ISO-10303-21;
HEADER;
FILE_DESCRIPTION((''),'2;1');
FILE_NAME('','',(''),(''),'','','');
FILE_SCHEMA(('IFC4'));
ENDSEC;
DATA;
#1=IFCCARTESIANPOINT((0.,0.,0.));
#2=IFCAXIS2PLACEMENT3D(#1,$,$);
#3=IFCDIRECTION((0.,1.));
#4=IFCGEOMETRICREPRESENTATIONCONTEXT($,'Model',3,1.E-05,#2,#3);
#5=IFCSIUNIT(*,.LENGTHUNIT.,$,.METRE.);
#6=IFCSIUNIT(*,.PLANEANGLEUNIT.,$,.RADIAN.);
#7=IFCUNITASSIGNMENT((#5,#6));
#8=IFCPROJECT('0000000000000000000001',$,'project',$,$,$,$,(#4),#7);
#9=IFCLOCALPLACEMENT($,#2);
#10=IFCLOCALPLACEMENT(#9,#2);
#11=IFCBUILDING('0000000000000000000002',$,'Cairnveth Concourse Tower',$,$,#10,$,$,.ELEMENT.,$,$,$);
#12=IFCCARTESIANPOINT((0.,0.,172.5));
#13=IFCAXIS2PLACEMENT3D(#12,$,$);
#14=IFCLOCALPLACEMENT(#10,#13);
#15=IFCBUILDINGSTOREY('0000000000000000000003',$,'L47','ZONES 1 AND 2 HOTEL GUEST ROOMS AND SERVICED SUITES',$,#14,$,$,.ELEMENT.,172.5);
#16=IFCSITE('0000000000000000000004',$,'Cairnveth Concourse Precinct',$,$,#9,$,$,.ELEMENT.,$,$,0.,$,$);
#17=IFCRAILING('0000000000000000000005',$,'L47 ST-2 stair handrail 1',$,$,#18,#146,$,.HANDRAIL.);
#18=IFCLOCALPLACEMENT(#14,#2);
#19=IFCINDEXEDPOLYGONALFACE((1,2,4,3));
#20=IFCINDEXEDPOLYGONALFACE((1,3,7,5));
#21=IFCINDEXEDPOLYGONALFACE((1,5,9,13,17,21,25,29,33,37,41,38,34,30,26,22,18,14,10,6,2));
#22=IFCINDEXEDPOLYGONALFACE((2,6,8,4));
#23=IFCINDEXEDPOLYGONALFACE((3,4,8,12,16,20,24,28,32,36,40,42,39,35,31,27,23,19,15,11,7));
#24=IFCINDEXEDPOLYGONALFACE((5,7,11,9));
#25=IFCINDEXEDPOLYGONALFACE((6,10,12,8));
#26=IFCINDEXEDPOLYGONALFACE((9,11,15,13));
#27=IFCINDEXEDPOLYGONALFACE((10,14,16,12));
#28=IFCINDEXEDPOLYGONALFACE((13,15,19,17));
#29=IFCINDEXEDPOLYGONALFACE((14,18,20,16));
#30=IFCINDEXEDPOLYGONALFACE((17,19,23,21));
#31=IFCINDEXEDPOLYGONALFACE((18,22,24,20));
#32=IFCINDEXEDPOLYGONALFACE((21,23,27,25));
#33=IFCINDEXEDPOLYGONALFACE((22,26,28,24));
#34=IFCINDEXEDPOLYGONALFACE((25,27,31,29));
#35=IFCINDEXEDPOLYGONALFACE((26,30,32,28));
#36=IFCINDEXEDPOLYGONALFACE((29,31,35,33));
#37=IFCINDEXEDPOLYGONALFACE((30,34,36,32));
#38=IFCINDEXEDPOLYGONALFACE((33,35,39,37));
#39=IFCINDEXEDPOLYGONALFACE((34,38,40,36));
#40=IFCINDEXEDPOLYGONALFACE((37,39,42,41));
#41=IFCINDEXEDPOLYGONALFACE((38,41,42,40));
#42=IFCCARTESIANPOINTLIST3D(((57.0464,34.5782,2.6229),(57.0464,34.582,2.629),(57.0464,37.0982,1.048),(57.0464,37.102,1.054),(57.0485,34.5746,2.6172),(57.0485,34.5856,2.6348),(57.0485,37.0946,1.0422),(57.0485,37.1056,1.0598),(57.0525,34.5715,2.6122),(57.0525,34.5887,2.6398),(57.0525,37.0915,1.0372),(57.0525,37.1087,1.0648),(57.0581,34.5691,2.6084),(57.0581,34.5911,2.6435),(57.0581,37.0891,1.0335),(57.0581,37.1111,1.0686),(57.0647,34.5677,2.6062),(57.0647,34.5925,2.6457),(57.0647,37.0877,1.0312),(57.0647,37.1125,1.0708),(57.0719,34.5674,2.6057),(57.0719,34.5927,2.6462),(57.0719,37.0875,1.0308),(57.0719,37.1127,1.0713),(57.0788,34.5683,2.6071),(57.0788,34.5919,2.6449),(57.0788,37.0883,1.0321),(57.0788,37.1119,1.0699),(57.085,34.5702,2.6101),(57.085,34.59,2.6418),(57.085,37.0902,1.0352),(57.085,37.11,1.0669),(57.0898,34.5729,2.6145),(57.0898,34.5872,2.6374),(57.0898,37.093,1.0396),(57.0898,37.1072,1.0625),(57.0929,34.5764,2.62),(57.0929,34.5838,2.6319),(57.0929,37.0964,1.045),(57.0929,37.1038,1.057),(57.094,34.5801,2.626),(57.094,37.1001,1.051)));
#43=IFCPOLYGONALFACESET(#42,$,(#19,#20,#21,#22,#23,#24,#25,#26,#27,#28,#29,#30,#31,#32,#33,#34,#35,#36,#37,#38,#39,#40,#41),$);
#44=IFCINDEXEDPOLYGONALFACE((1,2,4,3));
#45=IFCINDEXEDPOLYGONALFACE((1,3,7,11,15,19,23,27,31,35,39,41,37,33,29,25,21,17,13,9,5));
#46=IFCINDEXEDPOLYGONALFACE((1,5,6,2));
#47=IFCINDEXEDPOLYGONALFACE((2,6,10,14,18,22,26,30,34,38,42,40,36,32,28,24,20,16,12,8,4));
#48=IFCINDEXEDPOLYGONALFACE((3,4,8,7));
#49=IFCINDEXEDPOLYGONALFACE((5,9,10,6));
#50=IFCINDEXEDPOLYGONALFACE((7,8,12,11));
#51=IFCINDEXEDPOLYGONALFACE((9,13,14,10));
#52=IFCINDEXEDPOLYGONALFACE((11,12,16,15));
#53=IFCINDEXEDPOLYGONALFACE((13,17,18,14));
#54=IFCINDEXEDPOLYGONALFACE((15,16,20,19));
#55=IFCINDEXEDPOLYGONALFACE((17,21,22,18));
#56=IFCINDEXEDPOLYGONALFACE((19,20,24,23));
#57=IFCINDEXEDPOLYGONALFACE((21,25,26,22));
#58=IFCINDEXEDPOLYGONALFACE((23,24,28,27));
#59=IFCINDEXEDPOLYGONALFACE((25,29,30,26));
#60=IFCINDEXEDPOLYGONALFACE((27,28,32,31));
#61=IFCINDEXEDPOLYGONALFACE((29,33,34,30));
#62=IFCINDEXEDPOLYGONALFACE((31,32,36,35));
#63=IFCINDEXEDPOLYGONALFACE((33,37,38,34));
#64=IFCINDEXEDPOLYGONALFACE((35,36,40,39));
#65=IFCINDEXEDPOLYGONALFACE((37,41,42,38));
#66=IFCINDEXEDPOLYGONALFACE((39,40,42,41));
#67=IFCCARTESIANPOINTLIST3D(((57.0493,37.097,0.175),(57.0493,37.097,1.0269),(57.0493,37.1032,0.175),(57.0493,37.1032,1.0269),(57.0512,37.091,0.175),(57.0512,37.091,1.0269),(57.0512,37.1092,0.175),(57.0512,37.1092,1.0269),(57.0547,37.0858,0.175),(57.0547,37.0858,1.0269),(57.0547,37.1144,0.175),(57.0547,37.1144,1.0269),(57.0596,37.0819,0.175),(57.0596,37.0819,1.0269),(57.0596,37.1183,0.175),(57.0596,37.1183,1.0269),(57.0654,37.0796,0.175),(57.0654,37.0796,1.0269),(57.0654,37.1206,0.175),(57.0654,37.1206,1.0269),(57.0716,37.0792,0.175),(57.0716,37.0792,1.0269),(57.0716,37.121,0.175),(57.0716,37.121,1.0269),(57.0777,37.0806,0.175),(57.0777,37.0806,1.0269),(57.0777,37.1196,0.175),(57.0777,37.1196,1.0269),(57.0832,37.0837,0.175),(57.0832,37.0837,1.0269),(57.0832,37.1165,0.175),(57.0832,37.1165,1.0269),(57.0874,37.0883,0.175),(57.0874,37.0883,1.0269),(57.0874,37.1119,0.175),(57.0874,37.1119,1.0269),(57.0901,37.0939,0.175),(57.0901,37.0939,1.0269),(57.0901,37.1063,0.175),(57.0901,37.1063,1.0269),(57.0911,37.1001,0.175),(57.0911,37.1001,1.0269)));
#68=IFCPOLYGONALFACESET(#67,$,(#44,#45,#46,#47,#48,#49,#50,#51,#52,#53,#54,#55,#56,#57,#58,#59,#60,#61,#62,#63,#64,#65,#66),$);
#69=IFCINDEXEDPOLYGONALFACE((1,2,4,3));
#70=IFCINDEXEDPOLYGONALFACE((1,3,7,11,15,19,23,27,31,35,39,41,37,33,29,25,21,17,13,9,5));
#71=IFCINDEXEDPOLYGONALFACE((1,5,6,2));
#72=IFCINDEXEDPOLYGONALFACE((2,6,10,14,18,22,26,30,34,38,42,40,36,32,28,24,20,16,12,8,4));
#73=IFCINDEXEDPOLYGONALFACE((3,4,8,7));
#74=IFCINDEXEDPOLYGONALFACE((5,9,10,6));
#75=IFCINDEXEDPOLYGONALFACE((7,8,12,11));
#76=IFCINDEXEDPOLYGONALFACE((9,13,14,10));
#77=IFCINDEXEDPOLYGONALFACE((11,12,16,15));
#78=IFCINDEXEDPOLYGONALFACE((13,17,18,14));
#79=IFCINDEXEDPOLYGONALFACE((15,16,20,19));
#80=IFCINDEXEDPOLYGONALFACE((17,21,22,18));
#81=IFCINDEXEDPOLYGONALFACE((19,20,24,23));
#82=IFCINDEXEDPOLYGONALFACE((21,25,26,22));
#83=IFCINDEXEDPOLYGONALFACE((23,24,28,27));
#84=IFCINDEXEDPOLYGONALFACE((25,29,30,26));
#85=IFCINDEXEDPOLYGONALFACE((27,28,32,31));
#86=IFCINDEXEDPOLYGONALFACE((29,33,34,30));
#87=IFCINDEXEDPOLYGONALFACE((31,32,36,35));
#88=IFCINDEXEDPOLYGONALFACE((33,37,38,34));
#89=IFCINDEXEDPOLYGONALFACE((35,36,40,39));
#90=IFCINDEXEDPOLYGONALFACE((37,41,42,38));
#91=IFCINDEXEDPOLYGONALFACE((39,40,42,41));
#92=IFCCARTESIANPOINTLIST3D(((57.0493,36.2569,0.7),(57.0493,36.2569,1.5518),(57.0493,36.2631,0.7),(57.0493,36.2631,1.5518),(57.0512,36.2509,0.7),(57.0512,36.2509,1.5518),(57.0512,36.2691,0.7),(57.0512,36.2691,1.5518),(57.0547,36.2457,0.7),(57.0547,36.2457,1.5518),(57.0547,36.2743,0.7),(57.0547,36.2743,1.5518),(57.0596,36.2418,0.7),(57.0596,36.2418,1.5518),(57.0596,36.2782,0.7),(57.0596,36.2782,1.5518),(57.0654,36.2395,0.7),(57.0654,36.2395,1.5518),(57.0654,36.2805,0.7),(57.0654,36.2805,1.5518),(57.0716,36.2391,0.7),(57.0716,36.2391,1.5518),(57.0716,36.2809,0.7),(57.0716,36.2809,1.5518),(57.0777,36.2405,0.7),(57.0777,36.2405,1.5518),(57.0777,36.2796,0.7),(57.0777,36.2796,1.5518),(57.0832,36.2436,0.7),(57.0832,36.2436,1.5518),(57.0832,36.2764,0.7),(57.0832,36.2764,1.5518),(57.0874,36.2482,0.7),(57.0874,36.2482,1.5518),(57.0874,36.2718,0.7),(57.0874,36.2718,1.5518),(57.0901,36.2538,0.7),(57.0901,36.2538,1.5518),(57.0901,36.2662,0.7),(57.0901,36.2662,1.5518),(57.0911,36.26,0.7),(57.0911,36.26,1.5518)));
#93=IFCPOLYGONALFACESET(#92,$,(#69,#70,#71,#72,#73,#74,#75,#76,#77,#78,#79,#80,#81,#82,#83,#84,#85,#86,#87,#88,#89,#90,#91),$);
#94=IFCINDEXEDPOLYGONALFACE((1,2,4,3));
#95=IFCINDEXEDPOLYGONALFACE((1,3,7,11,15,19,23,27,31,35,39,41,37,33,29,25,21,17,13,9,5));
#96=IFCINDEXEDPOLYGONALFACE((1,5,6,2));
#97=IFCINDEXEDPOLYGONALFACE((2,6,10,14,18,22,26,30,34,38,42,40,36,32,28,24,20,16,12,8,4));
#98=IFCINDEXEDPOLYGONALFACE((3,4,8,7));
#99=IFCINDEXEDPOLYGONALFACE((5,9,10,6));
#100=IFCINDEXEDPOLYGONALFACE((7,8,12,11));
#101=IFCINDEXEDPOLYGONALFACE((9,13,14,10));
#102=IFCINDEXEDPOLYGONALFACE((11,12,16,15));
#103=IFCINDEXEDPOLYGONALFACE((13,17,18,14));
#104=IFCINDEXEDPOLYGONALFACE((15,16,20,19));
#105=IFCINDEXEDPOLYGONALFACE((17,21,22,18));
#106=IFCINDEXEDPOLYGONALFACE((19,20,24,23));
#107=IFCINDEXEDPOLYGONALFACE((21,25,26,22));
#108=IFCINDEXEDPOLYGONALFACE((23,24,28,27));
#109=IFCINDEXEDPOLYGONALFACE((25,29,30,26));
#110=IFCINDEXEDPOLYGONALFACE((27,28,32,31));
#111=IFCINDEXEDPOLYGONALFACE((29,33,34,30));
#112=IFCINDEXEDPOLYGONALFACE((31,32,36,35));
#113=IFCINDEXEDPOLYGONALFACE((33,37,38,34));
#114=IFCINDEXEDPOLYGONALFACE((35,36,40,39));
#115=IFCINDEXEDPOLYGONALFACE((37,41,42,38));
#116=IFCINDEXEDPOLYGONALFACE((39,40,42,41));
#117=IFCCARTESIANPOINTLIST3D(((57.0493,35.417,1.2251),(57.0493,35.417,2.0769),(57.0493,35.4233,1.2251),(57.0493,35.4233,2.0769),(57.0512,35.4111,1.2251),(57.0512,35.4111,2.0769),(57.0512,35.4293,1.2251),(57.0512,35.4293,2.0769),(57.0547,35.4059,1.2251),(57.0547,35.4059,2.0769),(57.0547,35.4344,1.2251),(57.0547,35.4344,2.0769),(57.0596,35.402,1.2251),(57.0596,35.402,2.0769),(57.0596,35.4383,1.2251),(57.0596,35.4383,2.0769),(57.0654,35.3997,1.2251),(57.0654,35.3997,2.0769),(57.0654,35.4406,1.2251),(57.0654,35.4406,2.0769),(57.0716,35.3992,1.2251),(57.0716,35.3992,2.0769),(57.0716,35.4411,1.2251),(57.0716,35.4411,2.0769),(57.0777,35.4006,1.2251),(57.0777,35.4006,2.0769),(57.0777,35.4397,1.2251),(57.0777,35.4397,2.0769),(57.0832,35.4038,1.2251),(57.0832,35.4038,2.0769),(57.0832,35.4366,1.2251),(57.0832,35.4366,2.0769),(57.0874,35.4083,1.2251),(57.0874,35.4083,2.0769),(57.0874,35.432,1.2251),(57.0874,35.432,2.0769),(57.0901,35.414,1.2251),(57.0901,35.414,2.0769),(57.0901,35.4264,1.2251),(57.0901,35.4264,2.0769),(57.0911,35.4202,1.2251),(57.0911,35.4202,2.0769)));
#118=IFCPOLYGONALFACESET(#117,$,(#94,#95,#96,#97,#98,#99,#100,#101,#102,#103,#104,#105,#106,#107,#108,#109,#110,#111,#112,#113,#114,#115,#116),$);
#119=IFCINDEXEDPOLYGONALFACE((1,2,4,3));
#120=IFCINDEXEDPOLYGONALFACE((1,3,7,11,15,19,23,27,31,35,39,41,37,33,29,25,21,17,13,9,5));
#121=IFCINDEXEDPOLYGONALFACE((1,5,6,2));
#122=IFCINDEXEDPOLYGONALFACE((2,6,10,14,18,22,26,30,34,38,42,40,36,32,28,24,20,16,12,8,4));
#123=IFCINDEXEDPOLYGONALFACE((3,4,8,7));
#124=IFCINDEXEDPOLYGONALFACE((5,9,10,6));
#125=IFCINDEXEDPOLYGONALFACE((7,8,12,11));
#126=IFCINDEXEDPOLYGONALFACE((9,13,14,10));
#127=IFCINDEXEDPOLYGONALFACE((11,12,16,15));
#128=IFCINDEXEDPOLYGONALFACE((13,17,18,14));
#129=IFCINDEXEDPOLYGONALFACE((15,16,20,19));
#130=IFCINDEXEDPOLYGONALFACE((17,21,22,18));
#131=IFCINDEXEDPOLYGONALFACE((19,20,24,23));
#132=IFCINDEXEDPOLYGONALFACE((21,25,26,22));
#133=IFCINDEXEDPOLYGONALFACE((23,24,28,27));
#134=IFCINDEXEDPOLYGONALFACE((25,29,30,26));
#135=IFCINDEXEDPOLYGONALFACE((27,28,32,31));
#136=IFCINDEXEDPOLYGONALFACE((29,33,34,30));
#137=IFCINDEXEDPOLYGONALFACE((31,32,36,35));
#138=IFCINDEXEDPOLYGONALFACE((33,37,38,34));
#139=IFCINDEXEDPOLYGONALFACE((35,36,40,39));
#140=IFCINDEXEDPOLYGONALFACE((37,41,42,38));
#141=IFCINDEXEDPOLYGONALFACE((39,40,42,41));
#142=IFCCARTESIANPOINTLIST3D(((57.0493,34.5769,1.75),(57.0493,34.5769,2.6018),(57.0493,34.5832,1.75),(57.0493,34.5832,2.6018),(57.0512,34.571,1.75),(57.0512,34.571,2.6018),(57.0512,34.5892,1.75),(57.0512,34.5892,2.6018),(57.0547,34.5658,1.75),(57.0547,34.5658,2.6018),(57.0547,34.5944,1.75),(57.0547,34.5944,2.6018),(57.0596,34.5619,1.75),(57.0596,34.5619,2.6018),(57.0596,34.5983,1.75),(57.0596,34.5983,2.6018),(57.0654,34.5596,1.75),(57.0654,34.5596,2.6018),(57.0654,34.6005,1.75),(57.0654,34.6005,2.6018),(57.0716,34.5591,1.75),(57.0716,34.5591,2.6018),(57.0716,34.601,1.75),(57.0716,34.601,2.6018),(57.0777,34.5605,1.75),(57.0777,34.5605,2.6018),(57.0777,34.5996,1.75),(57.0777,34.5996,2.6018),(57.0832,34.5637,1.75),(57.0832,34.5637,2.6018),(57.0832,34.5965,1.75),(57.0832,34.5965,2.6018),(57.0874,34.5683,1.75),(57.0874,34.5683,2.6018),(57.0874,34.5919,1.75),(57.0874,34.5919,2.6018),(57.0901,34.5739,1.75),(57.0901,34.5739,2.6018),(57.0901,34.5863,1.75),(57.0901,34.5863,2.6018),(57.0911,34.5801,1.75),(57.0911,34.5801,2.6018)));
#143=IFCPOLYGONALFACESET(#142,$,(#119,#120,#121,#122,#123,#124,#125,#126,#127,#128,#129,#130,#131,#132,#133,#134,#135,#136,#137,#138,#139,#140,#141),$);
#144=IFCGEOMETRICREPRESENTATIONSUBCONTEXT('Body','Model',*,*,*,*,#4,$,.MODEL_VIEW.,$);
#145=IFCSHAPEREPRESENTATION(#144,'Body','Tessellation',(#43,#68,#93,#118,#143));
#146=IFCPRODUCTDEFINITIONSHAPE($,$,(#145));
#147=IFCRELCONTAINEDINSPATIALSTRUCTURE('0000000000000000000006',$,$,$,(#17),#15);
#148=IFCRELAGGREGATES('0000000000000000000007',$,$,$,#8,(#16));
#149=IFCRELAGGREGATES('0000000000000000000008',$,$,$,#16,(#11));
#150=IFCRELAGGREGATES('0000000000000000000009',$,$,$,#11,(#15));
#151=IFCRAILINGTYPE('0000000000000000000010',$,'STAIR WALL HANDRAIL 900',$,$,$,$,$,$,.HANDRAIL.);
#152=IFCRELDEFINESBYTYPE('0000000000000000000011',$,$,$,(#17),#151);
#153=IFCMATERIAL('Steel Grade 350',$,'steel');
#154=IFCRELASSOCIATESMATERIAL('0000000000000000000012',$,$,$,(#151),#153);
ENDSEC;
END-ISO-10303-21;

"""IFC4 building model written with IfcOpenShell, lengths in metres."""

from ifc_helpers import new_model, si_unit, direction, frame, origin, origin_2d, place, context, subcontext, project, spatial, circle, extrude, material, type_object, element, save


model = new_model("IFC4")

# Units and contexts
model_context = context("Model", 3, precision=1e-05, world=origin(), true_north=direction((0.0, 1.0)))
body_context = subcontext(model_context, "Body", "Model", "MODEL_VIEW")
ifc_project = project(units=[si_unit("LENGTHUNIT", "METRE"), si_unit("PLANEANGLEUNIT", "RADIAN")], contexts=[model_context])

# Site, building, storey
site_placement = place(None, origin())
site = spatial("IfcSite", under=ifc_project, at=site_placement, Name="Cairnveth Concourse Precinct", CompositionType="ELEMENT", RefElevation=0.0)
building_placement = place(site_placement, origin())
building = spatial("IfcBuilding", under=site, at=building_placement, Name="Cairnveth Concourse Tower", CompositionType="ELEMENT")
storey_placement = place(building_placement, frame((0.0, 0.0, 172.5)))
storey = spatial("IfcBuildingStorey", under=building, at=storey_placement, Name="L47", Description="ZONES 1 AND 2 HOTEL GUEST ROOMS AND SERVICED SUITES", CompositionType="ELEMENT", Elevation=172.5)

# Shared definitions
ifc_material_1 = material(Name="Steel Grade 350", Category="steel")

# Railing
railing_type = type_object("IfcRailingType", Name="STAIR WALL HANDRAIL 900", PredefinedType="HANDRAIL", material=ifc_material_1)
railing_placement = place(storey_placement, frame((57.0701, 37.1001, 0.175)))
element("IfcRailing", 1, at=railing_placement, inside=storey, type_object=railing_type, Name="L47 ST-2 stair handrail 1", PredefinedType="HANDRAIL", context=body_context, shape_type="SweptSolid", body=[
    extrude(circle(Radius=0.0239, at=origin_2d()), frame((0.0, 0.0, 0.876), z_axis=(0.0, -0.848008, 0.529984), x_axis=(1.0, 0.0, 0.0)), (0.0, 0.0, 1.0), 2.9717),
    extrude(circle(Radius=0.021, at=origin_2d()), origin(), (0.0, 0.0, 1.0), 0.8518),
    extrude(circle(Radius=0.021, at=origin_2d()), frame((0.0, -0.8401, 0.5249)), (0.0, 0.0, 1.0), 0.8518),
    extrude(circle(Radius=0.021, at=origin_2d()), frame((0.0, -1.6799, 1.05)), (0.0, 0.0, 1.0), 0.8518),
    extrude(circle(Radius=0.021, at=origin_2d()), frame((0.0, -2.52, 1.575)), (0.0, 0.0, 1.0), 0.8518),
])

save(model, "model.ifc")
